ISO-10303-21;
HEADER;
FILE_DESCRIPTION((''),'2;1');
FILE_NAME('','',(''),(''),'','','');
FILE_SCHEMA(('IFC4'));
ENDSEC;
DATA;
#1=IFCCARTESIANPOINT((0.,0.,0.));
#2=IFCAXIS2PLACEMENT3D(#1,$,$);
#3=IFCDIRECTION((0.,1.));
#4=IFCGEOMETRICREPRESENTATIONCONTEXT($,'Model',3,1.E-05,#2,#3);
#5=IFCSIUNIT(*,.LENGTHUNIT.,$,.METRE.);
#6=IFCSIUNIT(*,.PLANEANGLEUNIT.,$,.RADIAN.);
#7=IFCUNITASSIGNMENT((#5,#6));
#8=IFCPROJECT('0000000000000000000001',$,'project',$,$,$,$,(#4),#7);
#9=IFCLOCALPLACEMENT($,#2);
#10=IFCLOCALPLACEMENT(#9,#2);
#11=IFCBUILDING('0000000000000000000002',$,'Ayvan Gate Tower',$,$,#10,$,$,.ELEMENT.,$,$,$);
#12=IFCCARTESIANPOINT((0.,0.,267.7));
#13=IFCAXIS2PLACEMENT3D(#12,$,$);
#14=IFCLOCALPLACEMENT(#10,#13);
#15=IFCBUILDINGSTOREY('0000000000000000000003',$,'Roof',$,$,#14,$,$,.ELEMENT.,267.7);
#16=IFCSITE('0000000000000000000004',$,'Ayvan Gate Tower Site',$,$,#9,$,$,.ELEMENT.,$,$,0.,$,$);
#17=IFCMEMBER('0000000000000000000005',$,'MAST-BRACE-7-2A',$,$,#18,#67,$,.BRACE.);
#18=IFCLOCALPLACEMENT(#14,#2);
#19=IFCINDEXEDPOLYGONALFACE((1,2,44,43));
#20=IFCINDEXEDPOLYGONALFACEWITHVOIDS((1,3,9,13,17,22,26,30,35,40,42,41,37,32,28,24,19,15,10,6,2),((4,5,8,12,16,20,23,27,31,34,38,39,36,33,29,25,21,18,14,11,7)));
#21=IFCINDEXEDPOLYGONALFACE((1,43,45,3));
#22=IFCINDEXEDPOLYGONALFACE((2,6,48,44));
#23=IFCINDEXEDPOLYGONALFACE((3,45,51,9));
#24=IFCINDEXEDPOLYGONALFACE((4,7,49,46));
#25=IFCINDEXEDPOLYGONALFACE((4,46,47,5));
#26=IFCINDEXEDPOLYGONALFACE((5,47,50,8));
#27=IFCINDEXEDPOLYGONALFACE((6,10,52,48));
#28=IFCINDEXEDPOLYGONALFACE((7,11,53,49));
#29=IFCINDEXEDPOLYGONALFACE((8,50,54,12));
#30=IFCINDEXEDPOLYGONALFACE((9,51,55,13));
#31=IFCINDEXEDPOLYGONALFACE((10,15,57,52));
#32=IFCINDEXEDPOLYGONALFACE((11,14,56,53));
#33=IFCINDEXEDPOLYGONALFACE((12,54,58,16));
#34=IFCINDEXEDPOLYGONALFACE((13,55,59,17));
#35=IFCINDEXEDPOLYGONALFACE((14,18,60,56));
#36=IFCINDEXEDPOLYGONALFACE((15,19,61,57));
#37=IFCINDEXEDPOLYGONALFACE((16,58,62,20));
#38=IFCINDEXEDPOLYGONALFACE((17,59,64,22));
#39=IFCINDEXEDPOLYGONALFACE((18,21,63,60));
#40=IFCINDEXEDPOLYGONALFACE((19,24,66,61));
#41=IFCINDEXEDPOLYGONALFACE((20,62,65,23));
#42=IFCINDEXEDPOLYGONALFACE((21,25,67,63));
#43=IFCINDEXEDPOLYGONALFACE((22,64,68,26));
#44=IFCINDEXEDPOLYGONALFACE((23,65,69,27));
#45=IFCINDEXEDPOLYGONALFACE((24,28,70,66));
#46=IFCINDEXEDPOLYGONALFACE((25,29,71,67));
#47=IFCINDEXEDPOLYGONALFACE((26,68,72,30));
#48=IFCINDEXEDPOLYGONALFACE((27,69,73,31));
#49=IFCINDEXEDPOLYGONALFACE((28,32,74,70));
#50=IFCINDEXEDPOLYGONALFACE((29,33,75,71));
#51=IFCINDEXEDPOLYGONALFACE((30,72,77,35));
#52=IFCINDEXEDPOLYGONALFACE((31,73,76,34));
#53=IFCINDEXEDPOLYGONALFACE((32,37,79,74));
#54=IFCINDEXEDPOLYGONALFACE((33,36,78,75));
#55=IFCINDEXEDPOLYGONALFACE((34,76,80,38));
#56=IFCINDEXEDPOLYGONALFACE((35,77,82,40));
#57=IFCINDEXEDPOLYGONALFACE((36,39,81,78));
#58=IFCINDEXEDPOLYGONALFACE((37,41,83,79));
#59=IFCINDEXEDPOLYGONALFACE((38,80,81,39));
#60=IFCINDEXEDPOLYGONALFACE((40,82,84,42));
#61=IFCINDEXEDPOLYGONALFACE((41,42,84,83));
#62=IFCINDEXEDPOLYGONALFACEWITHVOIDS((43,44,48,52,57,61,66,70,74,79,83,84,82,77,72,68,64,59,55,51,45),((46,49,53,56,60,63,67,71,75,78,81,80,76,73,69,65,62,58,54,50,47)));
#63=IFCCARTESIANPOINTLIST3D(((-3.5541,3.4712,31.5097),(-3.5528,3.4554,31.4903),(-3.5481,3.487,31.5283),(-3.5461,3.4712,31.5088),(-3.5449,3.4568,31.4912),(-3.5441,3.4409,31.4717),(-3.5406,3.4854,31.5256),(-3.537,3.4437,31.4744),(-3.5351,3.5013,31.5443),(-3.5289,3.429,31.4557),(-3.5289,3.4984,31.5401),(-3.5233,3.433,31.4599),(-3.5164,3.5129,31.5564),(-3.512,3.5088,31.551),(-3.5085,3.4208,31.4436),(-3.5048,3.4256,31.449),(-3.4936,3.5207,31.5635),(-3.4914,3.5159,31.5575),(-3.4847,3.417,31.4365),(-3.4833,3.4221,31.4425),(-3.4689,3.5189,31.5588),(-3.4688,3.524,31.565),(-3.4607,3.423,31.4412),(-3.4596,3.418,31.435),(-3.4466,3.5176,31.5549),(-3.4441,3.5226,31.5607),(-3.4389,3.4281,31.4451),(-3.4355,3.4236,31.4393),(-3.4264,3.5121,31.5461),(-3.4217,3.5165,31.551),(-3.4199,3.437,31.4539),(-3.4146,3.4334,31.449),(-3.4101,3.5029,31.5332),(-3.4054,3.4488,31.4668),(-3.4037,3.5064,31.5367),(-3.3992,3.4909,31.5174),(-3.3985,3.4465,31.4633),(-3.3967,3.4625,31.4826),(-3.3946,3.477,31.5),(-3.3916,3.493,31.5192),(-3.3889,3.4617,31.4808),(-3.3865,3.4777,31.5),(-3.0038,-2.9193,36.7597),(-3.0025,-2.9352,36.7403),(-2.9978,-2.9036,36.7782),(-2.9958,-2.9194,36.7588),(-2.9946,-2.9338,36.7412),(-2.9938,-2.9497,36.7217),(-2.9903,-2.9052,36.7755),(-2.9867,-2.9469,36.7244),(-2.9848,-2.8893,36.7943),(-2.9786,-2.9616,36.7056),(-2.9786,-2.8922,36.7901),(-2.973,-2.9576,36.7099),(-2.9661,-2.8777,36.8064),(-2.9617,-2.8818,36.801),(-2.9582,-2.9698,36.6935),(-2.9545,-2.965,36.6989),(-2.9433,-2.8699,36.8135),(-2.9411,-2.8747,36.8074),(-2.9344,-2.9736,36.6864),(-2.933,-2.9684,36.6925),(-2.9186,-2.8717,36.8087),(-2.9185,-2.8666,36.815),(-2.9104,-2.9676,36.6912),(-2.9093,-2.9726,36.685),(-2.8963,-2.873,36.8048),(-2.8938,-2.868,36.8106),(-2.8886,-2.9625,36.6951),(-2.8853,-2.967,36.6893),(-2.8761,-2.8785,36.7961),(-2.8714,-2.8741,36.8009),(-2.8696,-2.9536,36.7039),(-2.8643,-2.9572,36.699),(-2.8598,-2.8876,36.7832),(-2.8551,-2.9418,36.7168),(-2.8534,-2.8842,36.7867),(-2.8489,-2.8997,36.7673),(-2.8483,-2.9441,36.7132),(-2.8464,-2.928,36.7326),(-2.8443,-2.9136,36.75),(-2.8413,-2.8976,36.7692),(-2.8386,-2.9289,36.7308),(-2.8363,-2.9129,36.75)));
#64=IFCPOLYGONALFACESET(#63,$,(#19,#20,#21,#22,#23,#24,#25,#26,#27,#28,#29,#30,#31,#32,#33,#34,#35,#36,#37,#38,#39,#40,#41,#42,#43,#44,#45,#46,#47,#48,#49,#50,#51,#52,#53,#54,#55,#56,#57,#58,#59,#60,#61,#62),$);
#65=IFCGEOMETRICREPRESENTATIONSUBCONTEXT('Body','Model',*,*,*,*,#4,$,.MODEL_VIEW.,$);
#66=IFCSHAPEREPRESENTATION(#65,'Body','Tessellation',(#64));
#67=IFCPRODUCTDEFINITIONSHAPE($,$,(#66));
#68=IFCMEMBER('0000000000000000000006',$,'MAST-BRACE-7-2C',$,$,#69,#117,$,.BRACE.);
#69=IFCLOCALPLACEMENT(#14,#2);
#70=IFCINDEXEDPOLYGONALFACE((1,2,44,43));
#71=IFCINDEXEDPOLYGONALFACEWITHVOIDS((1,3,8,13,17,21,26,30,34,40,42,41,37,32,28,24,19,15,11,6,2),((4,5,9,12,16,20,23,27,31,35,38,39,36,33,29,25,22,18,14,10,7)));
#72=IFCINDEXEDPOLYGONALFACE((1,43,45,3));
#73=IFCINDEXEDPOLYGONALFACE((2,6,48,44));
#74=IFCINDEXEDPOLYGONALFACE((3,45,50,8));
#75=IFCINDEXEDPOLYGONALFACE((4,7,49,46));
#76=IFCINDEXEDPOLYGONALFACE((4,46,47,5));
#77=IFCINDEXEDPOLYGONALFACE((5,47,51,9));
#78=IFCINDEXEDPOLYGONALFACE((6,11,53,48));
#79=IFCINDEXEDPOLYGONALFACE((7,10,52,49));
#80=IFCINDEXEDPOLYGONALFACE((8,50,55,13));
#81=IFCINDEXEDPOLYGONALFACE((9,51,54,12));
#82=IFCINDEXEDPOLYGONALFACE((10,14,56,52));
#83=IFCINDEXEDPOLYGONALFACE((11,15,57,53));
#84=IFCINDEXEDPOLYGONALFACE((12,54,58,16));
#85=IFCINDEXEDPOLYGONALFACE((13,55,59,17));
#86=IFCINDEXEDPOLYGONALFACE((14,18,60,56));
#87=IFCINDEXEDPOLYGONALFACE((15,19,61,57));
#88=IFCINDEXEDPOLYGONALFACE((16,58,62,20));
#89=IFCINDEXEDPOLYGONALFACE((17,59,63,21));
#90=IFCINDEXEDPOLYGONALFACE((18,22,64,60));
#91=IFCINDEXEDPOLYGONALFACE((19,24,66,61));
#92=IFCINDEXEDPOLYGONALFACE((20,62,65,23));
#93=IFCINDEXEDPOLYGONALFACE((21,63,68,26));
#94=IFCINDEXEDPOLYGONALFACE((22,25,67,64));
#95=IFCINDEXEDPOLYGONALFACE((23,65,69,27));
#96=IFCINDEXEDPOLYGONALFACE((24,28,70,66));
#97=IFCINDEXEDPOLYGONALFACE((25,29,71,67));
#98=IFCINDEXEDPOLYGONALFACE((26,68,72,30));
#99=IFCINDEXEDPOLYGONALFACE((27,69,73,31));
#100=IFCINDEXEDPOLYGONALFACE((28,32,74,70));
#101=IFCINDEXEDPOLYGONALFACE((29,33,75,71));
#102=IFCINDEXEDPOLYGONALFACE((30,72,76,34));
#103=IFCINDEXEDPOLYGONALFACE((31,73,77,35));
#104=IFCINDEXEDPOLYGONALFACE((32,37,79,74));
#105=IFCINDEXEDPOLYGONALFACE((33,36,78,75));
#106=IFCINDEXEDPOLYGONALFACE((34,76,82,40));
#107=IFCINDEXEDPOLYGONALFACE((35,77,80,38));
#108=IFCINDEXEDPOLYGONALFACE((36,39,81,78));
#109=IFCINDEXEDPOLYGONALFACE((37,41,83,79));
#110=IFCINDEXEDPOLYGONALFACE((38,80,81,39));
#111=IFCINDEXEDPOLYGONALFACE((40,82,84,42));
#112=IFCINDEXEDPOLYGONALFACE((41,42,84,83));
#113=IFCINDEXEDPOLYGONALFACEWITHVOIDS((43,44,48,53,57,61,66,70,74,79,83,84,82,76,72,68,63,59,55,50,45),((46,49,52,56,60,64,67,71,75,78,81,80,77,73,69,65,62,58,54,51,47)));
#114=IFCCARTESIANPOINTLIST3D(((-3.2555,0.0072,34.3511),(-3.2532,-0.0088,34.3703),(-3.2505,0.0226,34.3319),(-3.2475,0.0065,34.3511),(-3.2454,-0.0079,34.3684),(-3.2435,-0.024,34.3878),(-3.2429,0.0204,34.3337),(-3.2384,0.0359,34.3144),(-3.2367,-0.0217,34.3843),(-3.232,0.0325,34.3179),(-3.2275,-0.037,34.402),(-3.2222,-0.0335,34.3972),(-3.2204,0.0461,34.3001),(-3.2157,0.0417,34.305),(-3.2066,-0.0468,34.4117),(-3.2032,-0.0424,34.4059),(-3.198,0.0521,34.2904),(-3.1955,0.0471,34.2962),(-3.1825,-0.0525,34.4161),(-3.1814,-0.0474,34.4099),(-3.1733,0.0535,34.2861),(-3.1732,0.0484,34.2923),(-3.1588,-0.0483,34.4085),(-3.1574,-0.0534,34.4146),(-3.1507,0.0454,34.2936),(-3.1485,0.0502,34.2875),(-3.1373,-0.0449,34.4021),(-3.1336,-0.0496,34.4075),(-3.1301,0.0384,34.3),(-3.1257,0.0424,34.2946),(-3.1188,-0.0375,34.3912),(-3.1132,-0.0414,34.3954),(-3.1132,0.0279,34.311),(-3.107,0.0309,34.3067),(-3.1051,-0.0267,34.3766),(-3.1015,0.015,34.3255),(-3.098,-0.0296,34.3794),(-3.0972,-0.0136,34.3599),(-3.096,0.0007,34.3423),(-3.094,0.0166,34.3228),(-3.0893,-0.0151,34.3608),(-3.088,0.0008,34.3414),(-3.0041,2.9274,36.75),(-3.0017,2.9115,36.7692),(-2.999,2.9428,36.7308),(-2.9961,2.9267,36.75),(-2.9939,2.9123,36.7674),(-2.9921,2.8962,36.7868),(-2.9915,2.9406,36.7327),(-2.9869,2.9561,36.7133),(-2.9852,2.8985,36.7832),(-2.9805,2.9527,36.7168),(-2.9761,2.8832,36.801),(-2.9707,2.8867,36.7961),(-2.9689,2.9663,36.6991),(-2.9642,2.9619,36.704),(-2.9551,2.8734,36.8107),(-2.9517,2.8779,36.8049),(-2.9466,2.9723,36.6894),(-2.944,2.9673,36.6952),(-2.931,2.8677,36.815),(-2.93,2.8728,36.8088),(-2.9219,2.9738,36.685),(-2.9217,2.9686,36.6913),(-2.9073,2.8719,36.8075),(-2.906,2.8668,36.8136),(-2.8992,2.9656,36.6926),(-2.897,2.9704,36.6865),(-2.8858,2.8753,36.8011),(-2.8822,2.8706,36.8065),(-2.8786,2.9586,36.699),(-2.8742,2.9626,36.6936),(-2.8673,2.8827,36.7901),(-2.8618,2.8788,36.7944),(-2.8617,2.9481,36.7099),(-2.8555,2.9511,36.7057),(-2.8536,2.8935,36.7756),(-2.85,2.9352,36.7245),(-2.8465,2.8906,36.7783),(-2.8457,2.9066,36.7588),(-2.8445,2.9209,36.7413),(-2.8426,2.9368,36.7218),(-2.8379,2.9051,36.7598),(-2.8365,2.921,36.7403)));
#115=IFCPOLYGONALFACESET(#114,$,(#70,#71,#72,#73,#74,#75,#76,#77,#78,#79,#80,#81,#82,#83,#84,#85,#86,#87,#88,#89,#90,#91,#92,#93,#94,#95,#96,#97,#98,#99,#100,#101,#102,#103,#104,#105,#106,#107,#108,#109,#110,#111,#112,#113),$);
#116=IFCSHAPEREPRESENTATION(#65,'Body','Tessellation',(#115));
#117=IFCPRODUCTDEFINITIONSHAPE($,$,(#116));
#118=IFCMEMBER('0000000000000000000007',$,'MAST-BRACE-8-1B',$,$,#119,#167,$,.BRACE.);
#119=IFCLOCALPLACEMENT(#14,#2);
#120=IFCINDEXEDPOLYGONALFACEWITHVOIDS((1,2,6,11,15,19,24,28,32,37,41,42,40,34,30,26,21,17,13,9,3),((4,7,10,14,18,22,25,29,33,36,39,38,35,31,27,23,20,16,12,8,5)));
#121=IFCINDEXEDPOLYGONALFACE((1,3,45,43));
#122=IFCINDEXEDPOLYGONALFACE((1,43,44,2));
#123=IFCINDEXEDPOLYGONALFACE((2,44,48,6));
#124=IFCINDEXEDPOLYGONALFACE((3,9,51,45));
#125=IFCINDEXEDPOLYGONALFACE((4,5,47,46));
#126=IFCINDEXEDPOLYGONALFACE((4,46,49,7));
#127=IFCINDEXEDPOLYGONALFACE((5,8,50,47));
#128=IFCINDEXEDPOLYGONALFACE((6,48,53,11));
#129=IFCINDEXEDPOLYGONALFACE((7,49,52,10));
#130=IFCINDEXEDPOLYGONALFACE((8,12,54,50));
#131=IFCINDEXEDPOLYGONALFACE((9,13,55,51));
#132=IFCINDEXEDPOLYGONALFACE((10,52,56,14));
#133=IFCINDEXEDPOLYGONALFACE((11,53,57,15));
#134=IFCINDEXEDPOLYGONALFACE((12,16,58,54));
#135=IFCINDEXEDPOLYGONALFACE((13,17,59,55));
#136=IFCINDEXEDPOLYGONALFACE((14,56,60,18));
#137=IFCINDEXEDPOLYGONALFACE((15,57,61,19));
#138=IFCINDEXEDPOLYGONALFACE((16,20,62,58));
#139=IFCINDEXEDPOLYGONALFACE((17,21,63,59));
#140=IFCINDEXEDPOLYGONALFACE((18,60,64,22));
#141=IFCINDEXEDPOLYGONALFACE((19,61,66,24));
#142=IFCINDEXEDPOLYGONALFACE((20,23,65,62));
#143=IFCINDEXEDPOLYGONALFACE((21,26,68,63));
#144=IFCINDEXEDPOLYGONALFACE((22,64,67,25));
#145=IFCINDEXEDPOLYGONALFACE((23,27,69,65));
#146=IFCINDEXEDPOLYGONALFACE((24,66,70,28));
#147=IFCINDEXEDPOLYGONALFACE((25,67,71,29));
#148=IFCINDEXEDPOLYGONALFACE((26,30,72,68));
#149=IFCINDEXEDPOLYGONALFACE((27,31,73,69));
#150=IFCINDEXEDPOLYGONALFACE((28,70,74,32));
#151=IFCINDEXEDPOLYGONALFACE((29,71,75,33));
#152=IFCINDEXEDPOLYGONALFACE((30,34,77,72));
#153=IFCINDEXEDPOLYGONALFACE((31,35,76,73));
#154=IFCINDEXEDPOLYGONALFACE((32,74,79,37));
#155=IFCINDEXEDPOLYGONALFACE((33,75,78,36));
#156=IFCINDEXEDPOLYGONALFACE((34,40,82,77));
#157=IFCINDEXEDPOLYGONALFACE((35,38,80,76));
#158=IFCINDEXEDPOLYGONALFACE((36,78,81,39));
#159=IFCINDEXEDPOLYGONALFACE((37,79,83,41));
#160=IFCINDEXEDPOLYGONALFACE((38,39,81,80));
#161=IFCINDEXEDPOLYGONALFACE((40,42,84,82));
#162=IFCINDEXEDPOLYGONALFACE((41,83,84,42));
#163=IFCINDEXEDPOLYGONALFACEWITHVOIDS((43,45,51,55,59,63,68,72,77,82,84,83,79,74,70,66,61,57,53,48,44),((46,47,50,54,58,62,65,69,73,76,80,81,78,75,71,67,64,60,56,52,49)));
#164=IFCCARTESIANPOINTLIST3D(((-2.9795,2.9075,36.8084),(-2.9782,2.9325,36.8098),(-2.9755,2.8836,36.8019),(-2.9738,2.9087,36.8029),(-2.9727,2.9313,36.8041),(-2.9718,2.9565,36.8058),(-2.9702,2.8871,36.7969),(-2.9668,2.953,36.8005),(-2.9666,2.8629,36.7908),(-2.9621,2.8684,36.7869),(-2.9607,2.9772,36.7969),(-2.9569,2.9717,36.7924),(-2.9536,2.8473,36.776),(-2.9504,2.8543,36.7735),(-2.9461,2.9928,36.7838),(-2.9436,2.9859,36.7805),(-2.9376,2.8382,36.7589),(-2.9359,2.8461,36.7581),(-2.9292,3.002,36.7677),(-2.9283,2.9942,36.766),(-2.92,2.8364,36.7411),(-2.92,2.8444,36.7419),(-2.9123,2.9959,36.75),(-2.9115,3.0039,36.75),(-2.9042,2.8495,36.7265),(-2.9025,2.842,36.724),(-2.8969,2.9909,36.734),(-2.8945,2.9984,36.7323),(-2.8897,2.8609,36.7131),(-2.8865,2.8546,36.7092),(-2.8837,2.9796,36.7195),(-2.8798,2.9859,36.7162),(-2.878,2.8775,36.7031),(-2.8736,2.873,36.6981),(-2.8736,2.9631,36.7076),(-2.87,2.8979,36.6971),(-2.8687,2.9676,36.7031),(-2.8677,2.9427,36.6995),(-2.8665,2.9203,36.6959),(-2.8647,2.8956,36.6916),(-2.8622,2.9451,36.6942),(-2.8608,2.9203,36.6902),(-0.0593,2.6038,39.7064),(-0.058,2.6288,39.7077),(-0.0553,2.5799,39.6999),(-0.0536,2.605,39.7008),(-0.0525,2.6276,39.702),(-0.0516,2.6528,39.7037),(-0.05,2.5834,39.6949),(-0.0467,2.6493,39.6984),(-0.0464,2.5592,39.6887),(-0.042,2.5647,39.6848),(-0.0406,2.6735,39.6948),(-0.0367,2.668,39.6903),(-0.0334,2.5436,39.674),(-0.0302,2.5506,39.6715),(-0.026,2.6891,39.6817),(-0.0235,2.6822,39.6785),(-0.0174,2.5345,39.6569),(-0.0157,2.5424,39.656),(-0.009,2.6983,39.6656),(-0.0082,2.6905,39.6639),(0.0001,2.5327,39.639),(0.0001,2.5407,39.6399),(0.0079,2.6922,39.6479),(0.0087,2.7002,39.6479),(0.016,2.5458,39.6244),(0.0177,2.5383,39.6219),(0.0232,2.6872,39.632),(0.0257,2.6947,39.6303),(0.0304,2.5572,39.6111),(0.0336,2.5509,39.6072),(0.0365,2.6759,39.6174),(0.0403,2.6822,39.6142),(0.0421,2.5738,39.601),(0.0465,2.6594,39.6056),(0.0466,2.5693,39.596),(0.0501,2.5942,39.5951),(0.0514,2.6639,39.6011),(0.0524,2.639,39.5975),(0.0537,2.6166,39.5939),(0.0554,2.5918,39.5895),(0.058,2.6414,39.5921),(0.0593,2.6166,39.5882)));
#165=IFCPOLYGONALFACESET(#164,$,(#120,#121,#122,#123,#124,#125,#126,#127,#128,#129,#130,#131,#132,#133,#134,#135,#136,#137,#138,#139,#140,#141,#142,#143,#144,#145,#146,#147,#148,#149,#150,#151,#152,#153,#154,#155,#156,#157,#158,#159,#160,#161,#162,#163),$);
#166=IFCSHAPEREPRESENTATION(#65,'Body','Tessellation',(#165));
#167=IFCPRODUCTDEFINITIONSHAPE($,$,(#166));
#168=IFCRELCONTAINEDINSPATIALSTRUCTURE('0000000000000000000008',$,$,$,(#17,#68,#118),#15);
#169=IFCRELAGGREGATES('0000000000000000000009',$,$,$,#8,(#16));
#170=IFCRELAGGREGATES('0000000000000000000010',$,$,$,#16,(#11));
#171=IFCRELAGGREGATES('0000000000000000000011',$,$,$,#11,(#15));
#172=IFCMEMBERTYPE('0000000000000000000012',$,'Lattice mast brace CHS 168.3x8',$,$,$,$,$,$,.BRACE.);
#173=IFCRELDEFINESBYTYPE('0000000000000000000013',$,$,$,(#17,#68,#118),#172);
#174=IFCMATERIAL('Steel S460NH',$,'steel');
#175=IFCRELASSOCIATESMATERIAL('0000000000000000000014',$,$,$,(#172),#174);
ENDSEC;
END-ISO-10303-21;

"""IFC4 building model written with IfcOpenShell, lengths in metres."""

from ifc_helpers import new_model, si_unit, direction, frame, origin, origin_2d, place, context, subcontext, project, spatial, hollow_circle, extrude, material, material_profile, profile_set, type_object, element, save


model = new_model("IFC4")

# Units and contexts
model_context = context("Model", 3, precision=1e-05, world=origin(), true_north=direction((0.0, 1.0)))
body_context = subcontext(model_context, "Body", "Model", "MODEL_VIEW")
ifc_project = project(units=[si_unit("LENGTHUNIT", "METRE"), si_unit("PLANEANGLEUNIT", "RADIAN")], contexts=[model_context])

# Site, building, storey
site_placement = place(None, origin())
site = spatial("IfcSite", under=ifc_project, at=site_placement, Name="Ayvan Gate Tower Site", CompositionType="ELEMENT", RefElevation=0.0)
building_placement = place(site_placement, origin())
building = spatial("IfcBuilding", under=site, at=building_placement, Name="Ayvan Gate Tower", CompositionType="ELEMENT")
storey_placement = place(building_placement, frame((0.0, 0.0, 267.7)))
storey = spatial("IfcBuildingStorey", under=building, at=storey_placement, Name="Roof", CompositionType="ELEMENT", Elevation=267.7)

# Members
ifc_material_1 = material(Name="Steel S460NH", Category="steel")
ifc_material_profile_1 = material_profile(ifc_material_1, hollow_circle(Radius=0.0842, WallThickness=0.0081, at=origin_2d()), Name="CHS 168.3x8")
ifc_profile_set_1 = profile_set([ifc_material_profile_1], Name="Steel S460NH")
member_type_1 = type_object("IfcMemberType", Name="Lattice mast brace CHS 168.3x8", PredefinedType="BRACE", material=ifc_profile_set_1)
member_1_placement = place(storey_placement, frame((-3.4705, 3.4705, 31.5), z_axis=(0.066389, -0.770988, 0.633379), x_axis=(0.996313, 0.085792, 0.0)))
element("IfcMember", 1, at=member_1_placement, inside=storey, type_object=member_type_1, Name="MAST-BRACE-7-2A", PredefinedType="BRACE", context=body_context, shape_type="SweptSolid", body=[
    extrude(hollow_circle(Radius=0.0842, WallThickness=0.0081, at=origin_2d()), origin(), (0.0, 0.0, 1.0), 8.2888),
])
member_2_placement = place(storey_placement, frame((-3.1716, 0.0, 34.3511), z_axis=(0.066393, 0.770993, 0.633373), x_axis=(-0.996313, 0.085796, 0.0)))
element("IfcMember", 2, at=member_2_placement, inside=storey, type_object=member_type_1, Name="MAST-BRACE-7-2C", PredefinedType="BRACE", context=body_context, shape_type="SweptSolid", body=[
    extrude(hollow_circle(Radius=0.0842, WallThickness=0.0081, at=origin_2d()), origin(), (0.0, 0.0, 1.0), 3.7876),
])
member_3_placement = place(storey_placement, frame((-2.9202, 2.9202, 36.75), z_axis=(0.707875, -0.073622, 0.70249), x_axis=(0.103447, 0.994635, 0.0)))
element("IfcMember", 3, at=member_3_placement, inside=storey, type_object=member_type_1, Name="MAST-BRACE-8-1B", PredefinedType="BRACE", context=body_context, shape_type="SweptSolid", body=[
    extrude(hollow_circle(Radius=0.0842, WallThickness=0.0081, at=origin_2d()), origin(), (0.0, 0.0, 1.0), 4.1252),
])

save(model, "model.ifc")
